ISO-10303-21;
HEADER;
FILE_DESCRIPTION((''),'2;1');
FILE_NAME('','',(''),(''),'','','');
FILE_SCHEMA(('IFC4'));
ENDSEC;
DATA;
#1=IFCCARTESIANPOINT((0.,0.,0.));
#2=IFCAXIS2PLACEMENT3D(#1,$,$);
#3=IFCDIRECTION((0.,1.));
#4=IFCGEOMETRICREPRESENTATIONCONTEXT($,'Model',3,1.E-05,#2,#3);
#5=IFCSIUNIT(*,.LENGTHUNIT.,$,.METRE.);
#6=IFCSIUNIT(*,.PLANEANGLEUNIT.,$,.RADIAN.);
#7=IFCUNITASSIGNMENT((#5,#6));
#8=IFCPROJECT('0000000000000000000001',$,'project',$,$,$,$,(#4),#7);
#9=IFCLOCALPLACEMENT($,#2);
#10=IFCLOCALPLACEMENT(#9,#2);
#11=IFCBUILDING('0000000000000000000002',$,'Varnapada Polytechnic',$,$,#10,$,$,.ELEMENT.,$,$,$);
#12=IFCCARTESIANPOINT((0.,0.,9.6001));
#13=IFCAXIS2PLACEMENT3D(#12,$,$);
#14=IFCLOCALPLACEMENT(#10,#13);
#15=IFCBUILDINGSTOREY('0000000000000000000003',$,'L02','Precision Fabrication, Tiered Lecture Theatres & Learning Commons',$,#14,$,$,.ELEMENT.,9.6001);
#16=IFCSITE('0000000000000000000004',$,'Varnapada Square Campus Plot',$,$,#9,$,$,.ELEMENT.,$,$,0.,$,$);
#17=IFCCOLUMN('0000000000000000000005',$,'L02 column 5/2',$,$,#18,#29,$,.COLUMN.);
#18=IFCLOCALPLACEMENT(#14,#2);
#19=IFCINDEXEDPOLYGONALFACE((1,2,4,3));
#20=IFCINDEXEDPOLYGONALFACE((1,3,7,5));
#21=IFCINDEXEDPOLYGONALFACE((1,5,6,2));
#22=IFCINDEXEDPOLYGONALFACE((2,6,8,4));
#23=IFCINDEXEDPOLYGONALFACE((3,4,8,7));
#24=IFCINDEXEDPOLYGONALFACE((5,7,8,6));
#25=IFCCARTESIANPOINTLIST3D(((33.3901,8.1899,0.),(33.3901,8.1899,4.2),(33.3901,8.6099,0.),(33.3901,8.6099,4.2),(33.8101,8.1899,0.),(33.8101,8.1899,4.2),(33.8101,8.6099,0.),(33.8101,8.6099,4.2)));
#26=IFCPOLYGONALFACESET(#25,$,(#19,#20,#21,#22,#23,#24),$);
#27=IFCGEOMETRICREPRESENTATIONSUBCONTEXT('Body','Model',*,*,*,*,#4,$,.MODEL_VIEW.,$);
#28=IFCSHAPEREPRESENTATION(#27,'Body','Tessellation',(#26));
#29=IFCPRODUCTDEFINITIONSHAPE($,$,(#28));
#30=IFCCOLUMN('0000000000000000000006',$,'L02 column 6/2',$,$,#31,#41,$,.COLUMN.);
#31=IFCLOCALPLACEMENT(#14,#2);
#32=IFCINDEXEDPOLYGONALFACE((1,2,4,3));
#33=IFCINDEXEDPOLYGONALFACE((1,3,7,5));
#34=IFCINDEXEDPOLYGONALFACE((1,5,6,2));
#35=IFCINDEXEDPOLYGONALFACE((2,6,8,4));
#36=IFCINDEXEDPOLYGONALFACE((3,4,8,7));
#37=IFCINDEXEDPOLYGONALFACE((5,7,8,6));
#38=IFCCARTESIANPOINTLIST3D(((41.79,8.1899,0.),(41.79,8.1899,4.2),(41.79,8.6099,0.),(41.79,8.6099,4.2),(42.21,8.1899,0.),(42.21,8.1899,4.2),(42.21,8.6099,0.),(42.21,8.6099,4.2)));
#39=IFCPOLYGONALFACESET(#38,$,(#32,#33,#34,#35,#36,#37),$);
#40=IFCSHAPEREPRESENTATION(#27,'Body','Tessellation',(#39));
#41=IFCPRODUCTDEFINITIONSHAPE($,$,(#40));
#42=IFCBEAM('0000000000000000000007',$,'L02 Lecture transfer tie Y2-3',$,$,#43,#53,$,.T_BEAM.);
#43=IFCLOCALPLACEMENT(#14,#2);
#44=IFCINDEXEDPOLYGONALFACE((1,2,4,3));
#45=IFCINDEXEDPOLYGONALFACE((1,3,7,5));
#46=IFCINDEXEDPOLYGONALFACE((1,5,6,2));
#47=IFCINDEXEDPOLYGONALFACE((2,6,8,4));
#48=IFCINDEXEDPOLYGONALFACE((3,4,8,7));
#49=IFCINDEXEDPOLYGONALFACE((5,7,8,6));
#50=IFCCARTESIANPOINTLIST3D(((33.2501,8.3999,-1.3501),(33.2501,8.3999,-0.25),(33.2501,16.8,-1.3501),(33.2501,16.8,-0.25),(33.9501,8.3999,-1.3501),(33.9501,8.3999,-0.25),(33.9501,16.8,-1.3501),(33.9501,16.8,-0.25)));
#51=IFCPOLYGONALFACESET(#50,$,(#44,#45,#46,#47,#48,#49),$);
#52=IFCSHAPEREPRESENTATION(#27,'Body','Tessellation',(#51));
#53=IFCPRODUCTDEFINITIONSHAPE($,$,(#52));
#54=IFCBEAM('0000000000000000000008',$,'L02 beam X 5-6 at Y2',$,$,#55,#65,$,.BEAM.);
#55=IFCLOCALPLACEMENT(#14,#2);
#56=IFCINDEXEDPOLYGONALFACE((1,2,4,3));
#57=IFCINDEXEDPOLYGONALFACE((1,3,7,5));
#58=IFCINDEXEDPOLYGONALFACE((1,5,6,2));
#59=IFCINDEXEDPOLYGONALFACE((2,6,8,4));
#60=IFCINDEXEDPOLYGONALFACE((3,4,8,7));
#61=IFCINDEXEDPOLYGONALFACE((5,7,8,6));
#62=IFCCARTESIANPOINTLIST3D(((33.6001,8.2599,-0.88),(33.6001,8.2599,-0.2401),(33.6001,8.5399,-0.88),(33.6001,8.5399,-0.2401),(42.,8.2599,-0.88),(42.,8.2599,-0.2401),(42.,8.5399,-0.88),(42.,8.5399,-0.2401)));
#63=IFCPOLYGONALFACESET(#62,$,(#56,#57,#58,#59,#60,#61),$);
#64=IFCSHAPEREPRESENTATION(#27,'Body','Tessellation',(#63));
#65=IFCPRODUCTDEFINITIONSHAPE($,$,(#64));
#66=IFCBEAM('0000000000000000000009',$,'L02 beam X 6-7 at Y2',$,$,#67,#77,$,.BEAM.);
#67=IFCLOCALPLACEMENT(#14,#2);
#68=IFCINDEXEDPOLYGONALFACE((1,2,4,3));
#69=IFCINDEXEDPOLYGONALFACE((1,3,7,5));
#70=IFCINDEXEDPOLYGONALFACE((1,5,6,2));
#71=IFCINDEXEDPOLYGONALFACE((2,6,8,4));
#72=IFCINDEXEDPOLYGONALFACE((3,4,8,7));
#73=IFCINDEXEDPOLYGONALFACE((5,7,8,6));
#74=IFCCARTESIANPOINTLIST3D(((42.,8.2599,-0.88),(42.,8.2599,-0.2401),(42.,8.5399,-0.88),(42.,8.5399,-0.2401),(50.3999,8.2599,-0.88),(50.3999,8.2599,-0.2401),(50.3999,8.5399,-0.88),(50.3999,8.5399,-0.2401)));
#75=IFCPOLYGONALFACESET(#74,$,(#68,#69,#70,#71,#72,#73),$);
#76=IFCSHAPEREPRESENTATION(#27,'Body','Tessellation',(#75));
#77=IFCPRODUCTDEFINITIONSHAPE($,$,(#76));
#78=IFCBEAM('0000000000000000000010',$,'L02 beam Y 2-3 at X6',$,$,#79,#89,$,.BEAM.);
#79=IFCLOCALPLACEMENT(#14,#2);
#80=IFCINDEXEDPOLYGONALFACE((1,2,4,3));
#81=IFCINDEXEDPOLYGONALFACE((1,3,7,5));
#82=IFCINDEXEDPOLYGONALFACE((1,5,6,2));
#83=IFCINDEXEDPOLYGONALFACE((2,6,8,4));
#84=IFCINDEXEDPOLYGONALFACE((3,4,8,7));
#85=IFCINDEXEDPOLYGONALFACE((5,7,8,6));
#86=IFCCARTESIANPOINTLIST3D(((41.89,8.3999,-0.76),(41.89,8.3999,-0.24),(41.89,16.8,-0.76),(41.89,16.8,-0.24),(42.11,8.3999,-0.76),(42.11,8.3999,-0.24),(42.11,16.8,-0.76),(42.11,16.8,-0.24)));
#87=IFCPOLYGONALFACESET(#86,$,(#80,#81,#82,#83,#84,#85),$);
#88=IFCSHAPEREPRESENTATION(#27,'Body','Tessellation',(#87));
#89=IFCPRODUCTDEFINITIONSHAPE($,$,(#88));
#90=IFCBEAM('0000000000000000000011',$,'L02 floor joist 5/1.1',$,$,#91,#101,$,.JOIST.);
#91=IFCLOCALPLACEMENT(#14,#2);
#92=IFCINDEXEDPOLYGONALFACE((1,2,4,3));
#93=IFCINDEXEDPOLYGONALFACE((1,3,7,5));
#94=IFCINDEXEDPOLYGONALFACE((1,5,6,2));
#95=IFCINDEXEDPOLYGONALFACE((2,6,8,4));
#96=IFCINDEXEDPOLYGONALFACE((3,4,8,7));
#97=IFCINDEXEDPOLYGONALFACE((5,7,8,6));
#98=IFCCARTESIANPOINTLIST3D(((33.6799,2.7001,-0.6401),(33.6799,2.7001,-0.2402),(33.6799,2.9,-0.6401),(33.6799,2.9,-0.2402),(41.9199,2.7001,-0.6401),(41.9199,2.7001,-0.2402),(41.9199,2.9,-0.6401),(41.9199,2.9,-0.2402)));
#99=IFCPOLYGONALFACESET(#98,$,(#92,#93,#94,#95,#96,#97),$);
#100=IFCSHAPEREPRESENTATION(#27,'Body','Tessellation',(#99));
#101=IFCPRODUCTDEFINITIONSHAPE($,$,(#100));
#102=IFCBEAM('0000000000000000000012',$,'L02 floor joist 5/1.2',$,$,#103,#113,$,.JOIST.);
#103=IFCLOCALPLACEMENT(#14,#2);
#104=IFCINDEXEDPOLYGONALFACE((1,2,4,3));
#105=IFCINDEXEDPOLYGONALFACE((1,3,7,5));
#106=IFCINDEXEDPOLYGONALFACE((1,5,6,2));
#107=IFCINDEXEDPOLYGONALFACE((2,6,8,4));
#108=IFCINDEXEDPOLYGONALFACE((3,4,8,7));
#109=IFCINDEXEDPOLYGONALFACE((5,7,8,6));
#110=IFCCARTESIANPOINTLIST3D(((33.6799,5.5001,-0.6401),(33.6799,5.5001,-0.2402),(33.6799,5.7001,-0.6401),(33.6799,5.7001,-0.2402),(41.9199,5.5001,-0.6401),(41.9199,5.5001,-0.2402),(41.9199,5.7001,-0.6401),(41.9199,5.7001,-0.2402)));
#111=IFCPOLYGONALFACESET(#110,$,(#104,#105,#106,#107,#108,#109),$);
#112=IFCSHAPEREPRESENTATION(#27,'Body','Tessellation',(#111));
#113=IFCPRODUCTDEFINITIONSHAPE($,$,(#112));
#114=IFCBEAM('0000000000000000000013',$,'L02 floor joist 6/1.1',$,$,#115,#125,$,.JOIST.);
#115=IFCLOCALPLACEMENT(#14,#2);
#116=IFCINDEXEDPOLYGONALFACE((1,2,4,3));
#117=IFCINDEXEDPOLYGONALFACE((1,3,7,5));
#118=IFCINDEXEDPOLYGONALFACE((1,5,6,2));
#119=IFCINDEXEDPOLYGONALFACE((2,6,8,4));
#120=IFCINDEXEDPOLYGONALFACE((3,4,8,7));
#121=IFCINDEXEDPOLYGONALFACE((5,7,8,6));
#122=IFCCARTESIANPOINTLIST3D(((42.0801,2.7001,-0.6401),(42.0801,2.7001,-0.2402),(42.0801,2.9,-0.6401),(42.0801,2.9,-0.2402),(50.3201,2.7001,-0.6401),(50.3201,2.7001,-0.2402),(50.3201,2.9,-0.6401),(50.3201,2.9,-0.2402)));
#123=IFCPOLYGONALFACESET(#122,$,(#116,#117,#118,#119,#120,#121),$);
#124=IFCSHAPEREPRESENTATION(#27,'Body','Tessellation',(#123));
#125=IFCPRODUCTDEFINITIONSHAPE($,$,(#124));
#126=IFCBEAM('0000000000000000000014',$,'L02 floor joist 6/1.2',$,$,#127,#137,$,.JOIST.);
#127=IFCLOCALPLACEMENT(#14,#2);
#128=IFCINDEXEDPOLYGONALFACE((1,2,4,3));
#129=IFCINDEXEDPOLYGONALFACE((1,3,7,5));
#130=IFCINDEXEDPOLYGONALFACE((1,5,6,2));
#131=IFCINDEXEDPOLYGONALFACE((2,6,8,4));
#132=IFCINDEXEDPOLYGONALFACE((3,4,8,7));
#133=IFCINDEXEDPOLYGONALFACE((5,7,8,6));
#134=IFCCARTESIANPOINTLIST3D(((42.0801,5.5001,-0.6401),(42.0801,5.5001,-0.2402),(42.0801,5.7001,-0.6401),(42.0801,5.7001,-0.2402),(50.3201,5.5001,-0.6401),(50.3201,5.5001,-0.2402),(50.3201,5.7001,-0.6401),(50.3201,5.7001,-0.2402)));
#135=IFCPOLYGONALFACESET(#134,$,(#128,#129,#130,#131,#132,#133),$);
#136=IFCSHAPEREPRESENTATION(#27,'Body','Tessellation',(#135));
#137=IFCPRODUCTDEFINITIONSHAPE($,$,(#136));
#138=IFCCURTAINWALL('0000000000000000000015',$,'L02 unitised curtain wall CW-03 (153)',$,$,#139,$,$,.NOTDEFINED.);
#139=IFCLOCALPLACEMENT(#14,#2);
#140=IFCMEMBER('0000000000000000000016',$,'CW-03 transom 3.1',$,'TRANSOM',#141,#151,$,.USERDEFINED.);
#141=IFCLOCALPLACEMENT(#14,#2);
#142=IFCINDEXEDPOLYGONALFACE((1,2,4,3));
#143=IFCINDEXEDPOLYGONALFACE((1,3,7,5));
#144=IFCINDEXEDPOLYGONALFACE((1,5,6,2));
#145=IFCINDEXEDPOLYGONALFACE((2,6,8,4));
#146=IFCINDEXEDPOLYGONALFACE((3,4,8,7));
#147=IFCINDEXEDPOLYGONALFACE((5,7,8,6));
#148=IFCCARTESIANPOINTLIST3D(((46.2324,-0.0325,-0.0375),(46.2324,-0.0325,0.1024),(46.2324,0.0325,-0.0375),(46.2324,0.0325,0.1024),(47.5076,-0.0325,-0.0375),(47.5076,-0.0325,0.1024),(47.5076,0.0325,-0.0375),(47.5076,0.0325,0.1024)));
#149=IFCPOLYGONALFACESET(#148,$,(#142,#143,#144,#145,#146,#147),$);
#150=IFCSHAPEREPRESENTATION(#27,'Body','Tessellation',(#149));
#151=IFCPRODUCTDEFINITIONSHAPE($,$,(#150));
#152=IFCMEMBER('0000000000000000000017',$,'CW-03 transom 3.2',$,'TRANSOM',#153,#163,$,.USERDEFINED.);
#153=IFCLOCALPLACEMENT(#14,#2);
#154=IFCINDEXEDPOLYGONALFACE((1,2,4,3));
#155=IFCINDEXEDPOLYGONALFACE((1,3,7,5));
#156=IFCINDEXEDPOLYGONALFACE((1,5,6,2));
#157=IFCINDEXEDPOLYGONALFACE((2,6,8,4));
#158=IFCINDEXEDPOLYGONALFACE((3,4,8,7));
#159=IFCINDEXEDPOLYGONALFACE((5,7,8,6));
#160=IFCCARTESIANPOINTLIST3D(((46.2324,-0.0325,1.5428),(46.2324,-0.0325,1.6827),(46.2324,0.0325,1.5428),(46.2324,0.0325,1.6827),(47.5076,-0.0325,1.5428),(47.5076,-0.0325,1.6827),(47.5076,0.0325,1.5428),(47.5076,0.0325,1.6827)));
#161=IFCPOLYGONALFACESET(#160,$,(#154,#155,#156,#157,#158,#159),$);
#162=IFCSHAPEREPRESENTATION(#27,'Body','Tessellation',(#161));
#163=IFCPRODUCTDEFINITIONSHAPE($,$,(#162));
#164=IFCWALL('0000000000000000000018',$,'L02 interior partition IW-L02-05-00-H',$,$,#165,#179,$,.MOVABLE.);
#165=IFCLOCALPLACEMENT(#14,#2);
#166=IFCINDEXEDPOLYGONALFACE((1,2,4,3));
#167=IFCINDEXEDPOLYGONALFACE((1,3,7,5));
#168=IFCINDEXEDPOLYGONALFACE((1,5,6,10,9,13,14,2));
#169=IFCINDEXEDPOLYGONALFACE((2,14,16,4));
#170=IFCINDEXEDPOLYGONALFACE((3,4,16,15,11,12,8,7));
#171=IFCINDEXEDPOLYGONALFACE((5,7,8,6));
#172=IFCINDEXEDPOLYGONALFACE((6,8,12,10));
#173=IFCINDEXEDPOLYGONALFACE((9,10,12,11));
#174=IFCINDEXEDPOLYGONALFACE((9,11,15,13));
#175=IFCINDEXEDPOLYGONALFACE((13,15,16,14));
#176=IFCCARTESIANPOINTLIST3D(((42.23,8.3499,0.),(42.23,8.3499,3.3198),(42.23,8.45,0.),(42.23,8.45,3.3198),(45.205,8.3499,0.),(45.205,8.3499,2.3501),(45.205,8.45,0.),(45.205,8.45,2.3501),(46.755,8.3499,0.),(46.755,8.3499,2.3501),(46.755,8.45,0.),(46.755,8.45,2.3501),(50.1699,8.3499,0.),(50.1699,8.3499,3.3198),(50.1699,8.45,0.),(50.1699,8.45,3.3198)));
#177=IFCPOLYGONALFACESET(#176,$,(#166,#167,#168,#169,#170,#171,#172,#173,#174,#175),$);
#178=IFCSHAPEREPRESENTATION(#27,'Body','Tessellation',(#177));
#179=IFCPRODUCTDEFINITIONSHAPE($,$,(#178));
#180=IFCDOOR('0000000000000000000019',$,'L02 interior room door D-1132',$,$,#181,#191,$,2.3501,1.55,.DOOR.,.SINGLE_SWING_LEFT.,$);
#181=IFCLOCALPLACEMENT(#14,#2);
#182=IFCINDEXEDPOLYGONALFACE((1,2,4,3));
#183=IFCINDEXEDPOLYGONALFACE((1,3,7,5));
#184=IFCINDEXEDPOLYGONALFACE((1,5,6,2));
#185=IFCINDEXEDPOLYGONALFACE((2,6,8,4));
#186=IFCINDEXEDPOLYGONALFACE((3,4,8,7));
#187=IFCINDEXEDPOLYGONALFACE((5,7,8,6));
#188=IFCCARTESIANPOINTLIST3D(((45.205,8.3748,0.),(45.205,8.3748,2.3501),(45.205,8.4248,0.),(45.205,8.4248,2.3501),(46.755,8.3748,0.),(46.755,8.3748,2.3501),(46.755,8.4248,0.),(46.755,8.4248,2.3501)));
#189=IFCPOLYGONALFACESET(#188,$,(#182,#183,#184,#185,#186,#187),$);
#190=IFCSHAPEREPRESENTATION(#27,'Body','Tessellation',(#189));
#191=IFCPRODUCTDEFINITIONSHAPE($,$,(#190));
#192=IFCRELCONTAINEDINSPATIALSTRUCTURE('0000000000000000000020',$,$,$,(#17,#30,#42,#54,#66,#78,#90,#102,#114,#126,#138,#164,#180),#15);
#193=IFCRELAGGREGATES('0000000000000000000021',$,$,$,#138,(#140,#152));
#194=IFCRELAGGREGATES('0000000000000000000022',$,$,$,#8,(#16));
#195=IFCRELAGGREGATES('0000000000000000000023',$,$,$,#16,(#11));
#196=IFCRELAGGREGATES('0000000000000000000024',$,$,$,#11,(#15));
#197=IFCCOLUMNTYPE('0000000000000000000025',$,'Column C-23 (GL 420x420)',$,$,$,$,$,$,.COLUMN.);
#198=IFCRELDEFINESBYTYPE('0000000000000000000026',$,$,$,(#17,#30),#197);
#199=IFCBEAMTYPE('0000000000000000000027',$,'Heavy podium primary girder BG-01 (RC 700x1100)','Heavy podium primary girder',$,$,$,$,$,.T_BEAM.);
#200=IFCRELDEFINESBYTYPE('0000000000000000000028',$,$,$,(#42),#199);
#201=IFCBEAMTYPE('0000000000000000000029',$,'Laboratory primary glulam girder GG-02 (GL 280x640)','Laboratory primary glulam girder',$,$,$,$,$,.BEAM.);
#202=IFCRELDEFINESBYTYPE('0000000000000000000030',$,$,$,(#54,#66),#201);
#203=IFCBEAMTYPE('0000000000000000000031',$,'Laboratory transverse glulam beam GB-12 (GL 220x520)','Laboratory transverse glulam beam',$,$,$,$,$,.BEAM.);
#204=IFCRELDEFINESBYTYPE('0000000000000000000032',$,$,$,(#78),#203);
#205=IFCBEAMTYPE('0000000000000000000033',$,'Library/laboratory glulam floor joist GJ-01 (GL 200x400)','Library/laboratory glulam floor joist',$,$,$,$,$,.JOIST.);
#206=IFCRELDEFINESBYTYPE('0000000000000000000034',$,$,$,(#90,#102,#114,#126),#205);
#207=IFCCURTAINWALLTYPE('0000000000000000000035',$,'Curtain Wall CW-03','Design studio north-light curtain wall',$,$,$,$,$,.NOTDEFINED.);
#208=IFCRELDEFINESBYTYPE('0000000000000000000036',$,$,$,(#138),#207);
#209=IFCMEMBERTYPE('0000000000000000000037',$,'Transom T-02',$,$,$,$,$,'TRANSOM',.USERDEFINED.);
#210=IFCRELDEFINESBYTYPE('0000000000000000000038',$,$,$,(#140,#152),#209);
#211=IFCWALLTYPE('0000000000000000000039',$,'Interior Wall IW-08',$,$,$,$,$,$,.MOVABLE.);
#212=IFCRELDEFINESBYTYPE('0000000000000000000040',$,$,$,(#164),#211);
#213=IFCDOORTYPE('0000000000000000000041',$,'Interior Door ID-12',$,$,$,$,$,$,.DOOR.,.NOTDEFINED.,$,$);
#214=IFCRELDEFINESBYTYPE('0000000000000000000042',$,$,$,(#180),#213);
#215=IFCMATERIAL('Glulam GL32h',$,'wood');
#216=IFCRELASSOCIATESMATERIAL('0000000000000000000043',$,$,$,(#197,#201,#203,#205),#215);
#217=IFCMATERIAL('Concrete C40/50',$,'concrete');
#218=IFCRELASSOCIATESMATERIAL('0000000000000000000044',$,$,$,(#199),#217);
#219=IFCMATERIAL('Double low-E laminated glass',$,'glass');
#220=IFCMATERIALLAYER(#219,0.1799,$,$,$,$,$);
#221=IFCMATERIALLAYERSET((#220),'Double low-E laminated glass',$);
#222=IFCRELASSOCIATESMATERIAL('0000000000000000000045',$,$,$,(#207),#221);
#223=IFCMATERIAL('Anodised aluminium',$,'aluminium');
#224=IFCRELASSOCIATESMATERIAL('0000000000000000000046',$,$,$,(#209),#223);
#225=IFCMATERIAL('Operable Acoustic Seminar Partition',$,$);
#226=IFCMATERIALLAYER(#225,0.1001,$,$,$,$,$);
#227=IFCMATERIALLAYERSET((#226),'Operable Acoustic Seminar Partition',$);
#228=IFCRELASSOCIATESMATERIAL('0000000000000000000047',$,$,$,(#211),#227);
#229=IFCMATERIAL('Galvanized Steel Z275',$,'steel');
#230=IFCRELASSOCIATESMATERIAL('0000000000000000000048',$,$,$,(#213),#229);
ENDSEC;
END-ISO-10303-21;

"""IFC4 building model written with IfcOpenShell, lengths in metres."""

from ifc_helpers import new_model, si_unit, direction, frame, frame_2d, origin, origin_2d, place, context, subcontext, project, spatial, rectangle, extrude, material, layer, layer_set, material_profile, profile_set, type_object, element, fill, aggregate, save


model = new_model("IFC4")

# Units and contexts
model_context = context("Model", 3, precision=1e-05, world=origin(), true_north=direction((0.0, 1.0)))
body_context = subcontext(model_context, "Body", "Model", "MODEL_VIEW")
ifc_project = project(units=[si_unit("LENGTHUNIT", "METRE"), si_unit("PLANEANGLEUNIT", "RADIAN")], contexts=[model_context])

# Site, building, storey
site_placement = place(None, origin())
site = spatial("IfcSite", under=ifc_project, at=site_placement, Name="Varnapada Square Campus Plot", CompositionType="ELEMENT", RefElevation=0.0)
building_placement = place(site_placement, origin())
building = spatial("IfcBuilding", under=site, at=building_placement, Name="Varnapada Polytechnic", CompositionType="ELEMENT")
storey_placement = place(building_placement, frame((0.0, 0.0, 9.6001)))
storey = spatial("IfcBuildingStorey", under=building, at=storey_placement, Name="L02", Description="Precision Fabrication, Tiered Lecture Theatres & Learning Commons", CompositionType="ELEMENT", Elevation=9.6001)

# Columns
ifc_material_1 = material(Name="Glulam GL32h", Category="wood")
ifc_material_profile_1 = material_profile(ifc_material_1, rectangle(XDim=0.4199, YDim=0.4199, at=origin_2d()), Name="GL 420x420")
ifc_profile_set_1 = profile_set([ifc_material_profile_1], Name="Glulam GL32h")
column_type = type_object("IfcColumnType", Name="Column C-23 (GL 420x420)", PredefinedType="COLUMN", material=ifc_profile_set_1)
for number, where, z_axis, x_axis, name in (
    (1, (33.6001, 8.3999, 0.0), (0.0, 0.0, 1.0), (1.0, 0.0, 0.0), "L02 column 5/2"),
    (2, (42.0, 8.3999, 0.0), (0.0, 0.0, 1.0), (1.0, 0.0, 0.0), "L02 column 6/2"),
):
    element("IfcColumn", number, at=place(storey_placement, frame(where, z_axis=z_axis, x_axis=x_axis)), inside=storey, type_object=column_type, Name=name, PredefinedType="COLUMN", context=body_context, shape_type="SweptSolid", body=[
        extrude(rectangle(XDim=0.4199, YDim=0.4199, at=origin_2d()), origin(), (0.0, 0.0, 1.0), 4.2),
    ])

# Beams
ifc_material_2 = material(Name="Concrete C40/50", Category="concrete")
ifc_material_profile_2 = material_profile(ifc_material_2, rectangle(XDim=0.7, YDim=1.1001, at=origin_2d()), Name="RC 700x1100")
ifc_profile_set_2 = profile_set([ifc_material_profile_2], Name="Concrete C40/50")
beam_type_1 = type_object("IfcBeamType", Name="Heavy podium primary girder BG-01 (RC 700x1100)", Description="Heavy podium primary girder", PredefinedType="T_BEAM", material=ifc_profile_set_2)
beam_1_placement = place(storey_placement, frame((33.6001, 8.3999, -0.8), z_axis=(0.0, 1.0, 0.0), x_axis=(-1.0, 0.0, 0.0)))
element("IfcBeam", 3, at=beam_1_placement, inside=storey, type_object=beam_type_1, Name="L02 Lecture transfer tie Y2-3", PredefinedType="T_BEAM", context=body_context, shape_type="SweptSolid", body=[
    extrude(rectangle(XDim=0.7, YDim=1.1001, at=origin_2d()), origin(), (0.0, 0.0, 1.0), 8.4001),
])
ifc_material_profile_3 = material_profile(ifc_material_1, rectangle(XDim=0.28, YDim=0.6399, at=origin_2d()), Name="GL 280x640")
ifc_profile_set_3 = profile_set([ifc_material_profile_3], Name="Glulam GL32h")
beam_type_2 = type_object("IfcBeamType", Name="Laboratory primary glulam girder GG-02 (GL 280x640)", Description="Laboratory primary glulam girder", PredefinedType="BEAM", material=ifc_profile_set_3)
for number, where, z_axis, x_axis, name in (
    (4, (33.6001, 8.3999, -0.5601), (1.0, 0.0, 0.0), (0.0, 1.0, 0.0), "L02 beam X 5-6 at Y2"),
    (5, (42.0, 8.3999, -0.5601), (1.0, 0.0, 0.0), (0.0, 1.0, 0.0), "L02 beam X 6-7 at Y2"),
):
    element("IfcBeam", number, at=place(storey_placement, frame(where, z_axis=z_axis, x_axis=x_axis)), inside=storey, type_object=beam_type_2, Name=name, PredefinedType="BEAM", context=body_context, shape_type="SweptSolid", body=[
        extrude(rectangle(XDim=0.28, YDim=0.6399, at=origin_2d()), origin(), (0.0, 0.0, 1.0), 8.3999),
    ])
ifc_material_profile_4 = material_profile(ifc_material_1, rectangle(XDim=0.22, YDim=0.52, at=origin_2d()), Name="GL 220x520")
ifc_profile_set_4 = profile_set([ifc_material_profile_4], Name="Glulam GL32h")
beam_type_3 = type_object("IfcBeamType", Name="Laboratory transverse glulam beam GB-12 (GL 220x520)", Description="Laboratory transverse glulam beam", PredefinedType="BEAM", material=ifc_profile_set_4)
beam_2_placement = place(storey_placement, frame((42.0, 8.3999, -0.5), z_axis=(0.0, 1.0, 0.0), x_axis=(-1.0, 0.0, 0.0)))
element("IfcBeam", 6, at=beam_2_placement, inside=storey, type_object=beam_type_3, Name="L02 beam Y 2-3 at X6", PredefinedType="BEAM", context=body_context, shape_type="SweptSolid", body=[
    extrude(rectangle(XDim=0.22, YDim=0.52, at=origin_2d()), origin(), (0.0, 0.0, 1.0), 8.4001),
])
ifc_material_profile_5 = material_profile(ifc_material_1, rectangle(XDim=0.2, YDim=0.3999, at=origin_2d()), Name="GL 200x400")
ifc_profile_set_5 = profile_set([ifc_material_profile_5], Name="Glulam GL32h")
beam_type_4 = type_object("IfcBeamType", Name="Library/laboratory glulam floor joist GJ-01 (GL 200x400)", Description="Library/laboratory glulam floor joist", PredefinedType="JOIST", material=ifc_profile_set_5)
for number, where, z_axis, x_axis, name in (
    (7, (33.6799, 2.8, -0.4402), (1.0, 0.0, 0.0), (0.0, 1.0, 0.0), "L02 floor joist 5/1.1"),
    (8, (33.6799, 5.6001, -0.4402), (1.0, 0.0, 0.0), (0.0, 1.0, 0.0), "L02 floor joist 5/1.2"),
    (9, (42.0801, 2.8, -0.4402), (1.0, 0.0, 0.0), (0.0, 1.0, 0.0), "L02 floor joist 6/1.1"),
    (10, (42.0801, 5.6001, -0.4402), (1.0, 0.0, 0.0), (0.0, 1.0, 0.0), "L02 floor joist 6/1.2"),
):
    element("IfcBeam", number, at=place(storey_placement, frame(where, z_axis=z_axis, x_axis=x_axis)), inside=storey, type_object=beam_type_4, Name=name, PredefinedType="JOIST", context=body_context, shape_type="SweptSolid", body=[
        extrude(rectangle(XDim=0.2, YDim=0.3999, at=origin_2d()), origin(), (0.0, 0.0, 1.0), 8.24),
    ])

# Curtain wall, members
ifc_material_3 = material(Name="Double low-E laminated glass", Category="glass")
ifc_layer_1 = layer(ifc_material_3, 0.1799)
ifc_layer_set_1 = layer_set([ifc_layer_1], Name="Double low-E laminated glass")
curtain_wall_type = type_object("IfcCurtainWallType", Name="Curtain Wall CW-03", Description="Design studio north-light curtain wall", PredefinedType="NOTDEFINED", material=ifc_layer_set_1)
curtain_wall_placement = place(storey_placement, origin())
curtain_wall = element("IfcCurtainWall", 11, at=curtain_wall_placement, inside=storey, type_object=curtain_wall_type, Name="L02 unitised curtain wall CW-03 (153)", PredefinedType="NOTDEFINED")
ifc_material_4 = material(Name="Anodised aluminium", Category="aluminium")
ifc_material_profile_6 = material_profile(ifc_material_4, rectangle(XDim=0.0649, YDim=0.1399, at=origin_2d()), Name="ALU T65x140")
ifc_profile_set_6 = profile_set([ifc_material_profile_6], Name="Anodised aluminium")
member_type = type_object("IfcMemberType", Name="Transom T-02", ElementType="TRANSOM", PredefinedType="USERDEFINED", material=ifc_profile_set_6)
member_1_placement = place(storey_placement, frame((47.5076, 0.0, 0.0325), z_axis=(-1.0, 0.0, 0.0), x_axis=(0.0, -1.0, 0.0)))
member_1 = element("IfcMember", 12, at=member_1_placement, type_object=member_type, Name="CW-03 transom 3.1", ObjectType="TRANSOM", PredefinedType="USERDEFINED", context=body_context, shape_type="SweptSolid", body=[
    extrude(rectangle(XDim=0.0649, YDim=0.1399, at=origin_2d()), origin(), (0.0, 0.0, 1.0), 1.2751),
])
member_2_placement = place(storey_placement, frame((47.5076, 0.0, 1.6128), z_axis=(-1.0, 0.0, 0.0), x_axis=(0.0, -1.0, 0.0)))
member_2 = element("IfcMember", 13, at=member_2_placement, type_object=member_type, Name="CW-03 transom 3.2", ObjectType="TRANSOM", PredefinedType="USERDEFINED", context=body_context, shape_type="SweptSolid", body=[
    extrude(rectangle(XDim=0.0649, YDim=0.1399, at=origin_2d()), origin(), (0.0, 0.0, 1.0), 1.2751),
])
aggregate(curtain_wall, [member_1, member_2])

# Wall, opening, door
ifc_material_5 = material(Name="Operable Acoustic Seminar Partition")
ifc_layer_2 = layer(ifc_material_5, 0.1001)
ifc_layer_set_2 = layer_set([ifc_layer_2], Name="Operable Acoustic Seminar Partition")
wall_type_1 = type_object("IfcWallType", Name="Interior Wall IW-08", PredefinedType="MOVABLE", material=ifc_layer_set_2)
wall_1_placement = place(storey_placement, frame((42.23, 8.3999, 0.0), z_axis=(0.0, 0.0, 1.0), x_axis=(1.0, 0.0, 0.0)))
wall_1 = element("IfcWall", 14, at=wall_1_placement, inside=storey, type_object=wall_type_1, Name="L02 interior partition IW-L02-05-00-H", PredefinedType="MOVABLE", context=body_context, shape_type="SweptSolid", body=[
    extrude(rectangle(XDim=7.9399, YDim=0.1001, at=frame_2d((3.97, 0.0))), origin(), (0.0, 0.0, 1.0), 3.3198),
])
opening_1_placement = place(wall_1_placement, frame((2.9751, 0.0, 0.0)))
opening_1 = element("IfcOpeningElement", 15, at=opening_1_placement, cuts=wall_1, PredefinedType="OPENING", context=body_context, shape_type="SweptSolid", body=[
    extrude(rectangle(XDim=1.55, YDim=2.3501, at=frame_2d((0.7749, 1.175))), frame((0.0, 0.0601, 0.0), z_axis=(0.0, -1.0, 0.0), x_axis=(1.0, 0.0, 0.0)), (0.0, 0.0, 1.0), 0.1201),
])
ifc_material_6 = material(Name="Galvanized Steel Z275", Category="steel")
door_type_1 = type_object("IfcDoorType", Name="Interior Door ID-12", OperationType="NOTDEFINED", PredefinedType="DOOR", material=ifc_material_6)
door_1_placement = place(opening_1_placement, origin())
door_1 = element("IfcDoor", 16, at=door_1_placement, inside=storey, type_object=door_type_1, Name="L02 interior room door D-1132", OperationType="SINGLE_SWING_LEFT", OverallHeight=2.3501, OverallWidth=1.55, PredefinedType="DOOR", context=body_context, shape_type="SweptSolid", body=[
    extrude(rectangle(XDim=1.55, YDim=2.3501, at=frame_2d((0.7749, 1.175))), frame((0.0, 0.0249, 0.0), z_axis=(0.0, -1.0, 0.0), x_axis=(1.0, 0.0, 0.0)), (0.0, 0.0, 1.0), 0.05),
])
fill(opening_1, door_1)

save(model, "model.ifc")
